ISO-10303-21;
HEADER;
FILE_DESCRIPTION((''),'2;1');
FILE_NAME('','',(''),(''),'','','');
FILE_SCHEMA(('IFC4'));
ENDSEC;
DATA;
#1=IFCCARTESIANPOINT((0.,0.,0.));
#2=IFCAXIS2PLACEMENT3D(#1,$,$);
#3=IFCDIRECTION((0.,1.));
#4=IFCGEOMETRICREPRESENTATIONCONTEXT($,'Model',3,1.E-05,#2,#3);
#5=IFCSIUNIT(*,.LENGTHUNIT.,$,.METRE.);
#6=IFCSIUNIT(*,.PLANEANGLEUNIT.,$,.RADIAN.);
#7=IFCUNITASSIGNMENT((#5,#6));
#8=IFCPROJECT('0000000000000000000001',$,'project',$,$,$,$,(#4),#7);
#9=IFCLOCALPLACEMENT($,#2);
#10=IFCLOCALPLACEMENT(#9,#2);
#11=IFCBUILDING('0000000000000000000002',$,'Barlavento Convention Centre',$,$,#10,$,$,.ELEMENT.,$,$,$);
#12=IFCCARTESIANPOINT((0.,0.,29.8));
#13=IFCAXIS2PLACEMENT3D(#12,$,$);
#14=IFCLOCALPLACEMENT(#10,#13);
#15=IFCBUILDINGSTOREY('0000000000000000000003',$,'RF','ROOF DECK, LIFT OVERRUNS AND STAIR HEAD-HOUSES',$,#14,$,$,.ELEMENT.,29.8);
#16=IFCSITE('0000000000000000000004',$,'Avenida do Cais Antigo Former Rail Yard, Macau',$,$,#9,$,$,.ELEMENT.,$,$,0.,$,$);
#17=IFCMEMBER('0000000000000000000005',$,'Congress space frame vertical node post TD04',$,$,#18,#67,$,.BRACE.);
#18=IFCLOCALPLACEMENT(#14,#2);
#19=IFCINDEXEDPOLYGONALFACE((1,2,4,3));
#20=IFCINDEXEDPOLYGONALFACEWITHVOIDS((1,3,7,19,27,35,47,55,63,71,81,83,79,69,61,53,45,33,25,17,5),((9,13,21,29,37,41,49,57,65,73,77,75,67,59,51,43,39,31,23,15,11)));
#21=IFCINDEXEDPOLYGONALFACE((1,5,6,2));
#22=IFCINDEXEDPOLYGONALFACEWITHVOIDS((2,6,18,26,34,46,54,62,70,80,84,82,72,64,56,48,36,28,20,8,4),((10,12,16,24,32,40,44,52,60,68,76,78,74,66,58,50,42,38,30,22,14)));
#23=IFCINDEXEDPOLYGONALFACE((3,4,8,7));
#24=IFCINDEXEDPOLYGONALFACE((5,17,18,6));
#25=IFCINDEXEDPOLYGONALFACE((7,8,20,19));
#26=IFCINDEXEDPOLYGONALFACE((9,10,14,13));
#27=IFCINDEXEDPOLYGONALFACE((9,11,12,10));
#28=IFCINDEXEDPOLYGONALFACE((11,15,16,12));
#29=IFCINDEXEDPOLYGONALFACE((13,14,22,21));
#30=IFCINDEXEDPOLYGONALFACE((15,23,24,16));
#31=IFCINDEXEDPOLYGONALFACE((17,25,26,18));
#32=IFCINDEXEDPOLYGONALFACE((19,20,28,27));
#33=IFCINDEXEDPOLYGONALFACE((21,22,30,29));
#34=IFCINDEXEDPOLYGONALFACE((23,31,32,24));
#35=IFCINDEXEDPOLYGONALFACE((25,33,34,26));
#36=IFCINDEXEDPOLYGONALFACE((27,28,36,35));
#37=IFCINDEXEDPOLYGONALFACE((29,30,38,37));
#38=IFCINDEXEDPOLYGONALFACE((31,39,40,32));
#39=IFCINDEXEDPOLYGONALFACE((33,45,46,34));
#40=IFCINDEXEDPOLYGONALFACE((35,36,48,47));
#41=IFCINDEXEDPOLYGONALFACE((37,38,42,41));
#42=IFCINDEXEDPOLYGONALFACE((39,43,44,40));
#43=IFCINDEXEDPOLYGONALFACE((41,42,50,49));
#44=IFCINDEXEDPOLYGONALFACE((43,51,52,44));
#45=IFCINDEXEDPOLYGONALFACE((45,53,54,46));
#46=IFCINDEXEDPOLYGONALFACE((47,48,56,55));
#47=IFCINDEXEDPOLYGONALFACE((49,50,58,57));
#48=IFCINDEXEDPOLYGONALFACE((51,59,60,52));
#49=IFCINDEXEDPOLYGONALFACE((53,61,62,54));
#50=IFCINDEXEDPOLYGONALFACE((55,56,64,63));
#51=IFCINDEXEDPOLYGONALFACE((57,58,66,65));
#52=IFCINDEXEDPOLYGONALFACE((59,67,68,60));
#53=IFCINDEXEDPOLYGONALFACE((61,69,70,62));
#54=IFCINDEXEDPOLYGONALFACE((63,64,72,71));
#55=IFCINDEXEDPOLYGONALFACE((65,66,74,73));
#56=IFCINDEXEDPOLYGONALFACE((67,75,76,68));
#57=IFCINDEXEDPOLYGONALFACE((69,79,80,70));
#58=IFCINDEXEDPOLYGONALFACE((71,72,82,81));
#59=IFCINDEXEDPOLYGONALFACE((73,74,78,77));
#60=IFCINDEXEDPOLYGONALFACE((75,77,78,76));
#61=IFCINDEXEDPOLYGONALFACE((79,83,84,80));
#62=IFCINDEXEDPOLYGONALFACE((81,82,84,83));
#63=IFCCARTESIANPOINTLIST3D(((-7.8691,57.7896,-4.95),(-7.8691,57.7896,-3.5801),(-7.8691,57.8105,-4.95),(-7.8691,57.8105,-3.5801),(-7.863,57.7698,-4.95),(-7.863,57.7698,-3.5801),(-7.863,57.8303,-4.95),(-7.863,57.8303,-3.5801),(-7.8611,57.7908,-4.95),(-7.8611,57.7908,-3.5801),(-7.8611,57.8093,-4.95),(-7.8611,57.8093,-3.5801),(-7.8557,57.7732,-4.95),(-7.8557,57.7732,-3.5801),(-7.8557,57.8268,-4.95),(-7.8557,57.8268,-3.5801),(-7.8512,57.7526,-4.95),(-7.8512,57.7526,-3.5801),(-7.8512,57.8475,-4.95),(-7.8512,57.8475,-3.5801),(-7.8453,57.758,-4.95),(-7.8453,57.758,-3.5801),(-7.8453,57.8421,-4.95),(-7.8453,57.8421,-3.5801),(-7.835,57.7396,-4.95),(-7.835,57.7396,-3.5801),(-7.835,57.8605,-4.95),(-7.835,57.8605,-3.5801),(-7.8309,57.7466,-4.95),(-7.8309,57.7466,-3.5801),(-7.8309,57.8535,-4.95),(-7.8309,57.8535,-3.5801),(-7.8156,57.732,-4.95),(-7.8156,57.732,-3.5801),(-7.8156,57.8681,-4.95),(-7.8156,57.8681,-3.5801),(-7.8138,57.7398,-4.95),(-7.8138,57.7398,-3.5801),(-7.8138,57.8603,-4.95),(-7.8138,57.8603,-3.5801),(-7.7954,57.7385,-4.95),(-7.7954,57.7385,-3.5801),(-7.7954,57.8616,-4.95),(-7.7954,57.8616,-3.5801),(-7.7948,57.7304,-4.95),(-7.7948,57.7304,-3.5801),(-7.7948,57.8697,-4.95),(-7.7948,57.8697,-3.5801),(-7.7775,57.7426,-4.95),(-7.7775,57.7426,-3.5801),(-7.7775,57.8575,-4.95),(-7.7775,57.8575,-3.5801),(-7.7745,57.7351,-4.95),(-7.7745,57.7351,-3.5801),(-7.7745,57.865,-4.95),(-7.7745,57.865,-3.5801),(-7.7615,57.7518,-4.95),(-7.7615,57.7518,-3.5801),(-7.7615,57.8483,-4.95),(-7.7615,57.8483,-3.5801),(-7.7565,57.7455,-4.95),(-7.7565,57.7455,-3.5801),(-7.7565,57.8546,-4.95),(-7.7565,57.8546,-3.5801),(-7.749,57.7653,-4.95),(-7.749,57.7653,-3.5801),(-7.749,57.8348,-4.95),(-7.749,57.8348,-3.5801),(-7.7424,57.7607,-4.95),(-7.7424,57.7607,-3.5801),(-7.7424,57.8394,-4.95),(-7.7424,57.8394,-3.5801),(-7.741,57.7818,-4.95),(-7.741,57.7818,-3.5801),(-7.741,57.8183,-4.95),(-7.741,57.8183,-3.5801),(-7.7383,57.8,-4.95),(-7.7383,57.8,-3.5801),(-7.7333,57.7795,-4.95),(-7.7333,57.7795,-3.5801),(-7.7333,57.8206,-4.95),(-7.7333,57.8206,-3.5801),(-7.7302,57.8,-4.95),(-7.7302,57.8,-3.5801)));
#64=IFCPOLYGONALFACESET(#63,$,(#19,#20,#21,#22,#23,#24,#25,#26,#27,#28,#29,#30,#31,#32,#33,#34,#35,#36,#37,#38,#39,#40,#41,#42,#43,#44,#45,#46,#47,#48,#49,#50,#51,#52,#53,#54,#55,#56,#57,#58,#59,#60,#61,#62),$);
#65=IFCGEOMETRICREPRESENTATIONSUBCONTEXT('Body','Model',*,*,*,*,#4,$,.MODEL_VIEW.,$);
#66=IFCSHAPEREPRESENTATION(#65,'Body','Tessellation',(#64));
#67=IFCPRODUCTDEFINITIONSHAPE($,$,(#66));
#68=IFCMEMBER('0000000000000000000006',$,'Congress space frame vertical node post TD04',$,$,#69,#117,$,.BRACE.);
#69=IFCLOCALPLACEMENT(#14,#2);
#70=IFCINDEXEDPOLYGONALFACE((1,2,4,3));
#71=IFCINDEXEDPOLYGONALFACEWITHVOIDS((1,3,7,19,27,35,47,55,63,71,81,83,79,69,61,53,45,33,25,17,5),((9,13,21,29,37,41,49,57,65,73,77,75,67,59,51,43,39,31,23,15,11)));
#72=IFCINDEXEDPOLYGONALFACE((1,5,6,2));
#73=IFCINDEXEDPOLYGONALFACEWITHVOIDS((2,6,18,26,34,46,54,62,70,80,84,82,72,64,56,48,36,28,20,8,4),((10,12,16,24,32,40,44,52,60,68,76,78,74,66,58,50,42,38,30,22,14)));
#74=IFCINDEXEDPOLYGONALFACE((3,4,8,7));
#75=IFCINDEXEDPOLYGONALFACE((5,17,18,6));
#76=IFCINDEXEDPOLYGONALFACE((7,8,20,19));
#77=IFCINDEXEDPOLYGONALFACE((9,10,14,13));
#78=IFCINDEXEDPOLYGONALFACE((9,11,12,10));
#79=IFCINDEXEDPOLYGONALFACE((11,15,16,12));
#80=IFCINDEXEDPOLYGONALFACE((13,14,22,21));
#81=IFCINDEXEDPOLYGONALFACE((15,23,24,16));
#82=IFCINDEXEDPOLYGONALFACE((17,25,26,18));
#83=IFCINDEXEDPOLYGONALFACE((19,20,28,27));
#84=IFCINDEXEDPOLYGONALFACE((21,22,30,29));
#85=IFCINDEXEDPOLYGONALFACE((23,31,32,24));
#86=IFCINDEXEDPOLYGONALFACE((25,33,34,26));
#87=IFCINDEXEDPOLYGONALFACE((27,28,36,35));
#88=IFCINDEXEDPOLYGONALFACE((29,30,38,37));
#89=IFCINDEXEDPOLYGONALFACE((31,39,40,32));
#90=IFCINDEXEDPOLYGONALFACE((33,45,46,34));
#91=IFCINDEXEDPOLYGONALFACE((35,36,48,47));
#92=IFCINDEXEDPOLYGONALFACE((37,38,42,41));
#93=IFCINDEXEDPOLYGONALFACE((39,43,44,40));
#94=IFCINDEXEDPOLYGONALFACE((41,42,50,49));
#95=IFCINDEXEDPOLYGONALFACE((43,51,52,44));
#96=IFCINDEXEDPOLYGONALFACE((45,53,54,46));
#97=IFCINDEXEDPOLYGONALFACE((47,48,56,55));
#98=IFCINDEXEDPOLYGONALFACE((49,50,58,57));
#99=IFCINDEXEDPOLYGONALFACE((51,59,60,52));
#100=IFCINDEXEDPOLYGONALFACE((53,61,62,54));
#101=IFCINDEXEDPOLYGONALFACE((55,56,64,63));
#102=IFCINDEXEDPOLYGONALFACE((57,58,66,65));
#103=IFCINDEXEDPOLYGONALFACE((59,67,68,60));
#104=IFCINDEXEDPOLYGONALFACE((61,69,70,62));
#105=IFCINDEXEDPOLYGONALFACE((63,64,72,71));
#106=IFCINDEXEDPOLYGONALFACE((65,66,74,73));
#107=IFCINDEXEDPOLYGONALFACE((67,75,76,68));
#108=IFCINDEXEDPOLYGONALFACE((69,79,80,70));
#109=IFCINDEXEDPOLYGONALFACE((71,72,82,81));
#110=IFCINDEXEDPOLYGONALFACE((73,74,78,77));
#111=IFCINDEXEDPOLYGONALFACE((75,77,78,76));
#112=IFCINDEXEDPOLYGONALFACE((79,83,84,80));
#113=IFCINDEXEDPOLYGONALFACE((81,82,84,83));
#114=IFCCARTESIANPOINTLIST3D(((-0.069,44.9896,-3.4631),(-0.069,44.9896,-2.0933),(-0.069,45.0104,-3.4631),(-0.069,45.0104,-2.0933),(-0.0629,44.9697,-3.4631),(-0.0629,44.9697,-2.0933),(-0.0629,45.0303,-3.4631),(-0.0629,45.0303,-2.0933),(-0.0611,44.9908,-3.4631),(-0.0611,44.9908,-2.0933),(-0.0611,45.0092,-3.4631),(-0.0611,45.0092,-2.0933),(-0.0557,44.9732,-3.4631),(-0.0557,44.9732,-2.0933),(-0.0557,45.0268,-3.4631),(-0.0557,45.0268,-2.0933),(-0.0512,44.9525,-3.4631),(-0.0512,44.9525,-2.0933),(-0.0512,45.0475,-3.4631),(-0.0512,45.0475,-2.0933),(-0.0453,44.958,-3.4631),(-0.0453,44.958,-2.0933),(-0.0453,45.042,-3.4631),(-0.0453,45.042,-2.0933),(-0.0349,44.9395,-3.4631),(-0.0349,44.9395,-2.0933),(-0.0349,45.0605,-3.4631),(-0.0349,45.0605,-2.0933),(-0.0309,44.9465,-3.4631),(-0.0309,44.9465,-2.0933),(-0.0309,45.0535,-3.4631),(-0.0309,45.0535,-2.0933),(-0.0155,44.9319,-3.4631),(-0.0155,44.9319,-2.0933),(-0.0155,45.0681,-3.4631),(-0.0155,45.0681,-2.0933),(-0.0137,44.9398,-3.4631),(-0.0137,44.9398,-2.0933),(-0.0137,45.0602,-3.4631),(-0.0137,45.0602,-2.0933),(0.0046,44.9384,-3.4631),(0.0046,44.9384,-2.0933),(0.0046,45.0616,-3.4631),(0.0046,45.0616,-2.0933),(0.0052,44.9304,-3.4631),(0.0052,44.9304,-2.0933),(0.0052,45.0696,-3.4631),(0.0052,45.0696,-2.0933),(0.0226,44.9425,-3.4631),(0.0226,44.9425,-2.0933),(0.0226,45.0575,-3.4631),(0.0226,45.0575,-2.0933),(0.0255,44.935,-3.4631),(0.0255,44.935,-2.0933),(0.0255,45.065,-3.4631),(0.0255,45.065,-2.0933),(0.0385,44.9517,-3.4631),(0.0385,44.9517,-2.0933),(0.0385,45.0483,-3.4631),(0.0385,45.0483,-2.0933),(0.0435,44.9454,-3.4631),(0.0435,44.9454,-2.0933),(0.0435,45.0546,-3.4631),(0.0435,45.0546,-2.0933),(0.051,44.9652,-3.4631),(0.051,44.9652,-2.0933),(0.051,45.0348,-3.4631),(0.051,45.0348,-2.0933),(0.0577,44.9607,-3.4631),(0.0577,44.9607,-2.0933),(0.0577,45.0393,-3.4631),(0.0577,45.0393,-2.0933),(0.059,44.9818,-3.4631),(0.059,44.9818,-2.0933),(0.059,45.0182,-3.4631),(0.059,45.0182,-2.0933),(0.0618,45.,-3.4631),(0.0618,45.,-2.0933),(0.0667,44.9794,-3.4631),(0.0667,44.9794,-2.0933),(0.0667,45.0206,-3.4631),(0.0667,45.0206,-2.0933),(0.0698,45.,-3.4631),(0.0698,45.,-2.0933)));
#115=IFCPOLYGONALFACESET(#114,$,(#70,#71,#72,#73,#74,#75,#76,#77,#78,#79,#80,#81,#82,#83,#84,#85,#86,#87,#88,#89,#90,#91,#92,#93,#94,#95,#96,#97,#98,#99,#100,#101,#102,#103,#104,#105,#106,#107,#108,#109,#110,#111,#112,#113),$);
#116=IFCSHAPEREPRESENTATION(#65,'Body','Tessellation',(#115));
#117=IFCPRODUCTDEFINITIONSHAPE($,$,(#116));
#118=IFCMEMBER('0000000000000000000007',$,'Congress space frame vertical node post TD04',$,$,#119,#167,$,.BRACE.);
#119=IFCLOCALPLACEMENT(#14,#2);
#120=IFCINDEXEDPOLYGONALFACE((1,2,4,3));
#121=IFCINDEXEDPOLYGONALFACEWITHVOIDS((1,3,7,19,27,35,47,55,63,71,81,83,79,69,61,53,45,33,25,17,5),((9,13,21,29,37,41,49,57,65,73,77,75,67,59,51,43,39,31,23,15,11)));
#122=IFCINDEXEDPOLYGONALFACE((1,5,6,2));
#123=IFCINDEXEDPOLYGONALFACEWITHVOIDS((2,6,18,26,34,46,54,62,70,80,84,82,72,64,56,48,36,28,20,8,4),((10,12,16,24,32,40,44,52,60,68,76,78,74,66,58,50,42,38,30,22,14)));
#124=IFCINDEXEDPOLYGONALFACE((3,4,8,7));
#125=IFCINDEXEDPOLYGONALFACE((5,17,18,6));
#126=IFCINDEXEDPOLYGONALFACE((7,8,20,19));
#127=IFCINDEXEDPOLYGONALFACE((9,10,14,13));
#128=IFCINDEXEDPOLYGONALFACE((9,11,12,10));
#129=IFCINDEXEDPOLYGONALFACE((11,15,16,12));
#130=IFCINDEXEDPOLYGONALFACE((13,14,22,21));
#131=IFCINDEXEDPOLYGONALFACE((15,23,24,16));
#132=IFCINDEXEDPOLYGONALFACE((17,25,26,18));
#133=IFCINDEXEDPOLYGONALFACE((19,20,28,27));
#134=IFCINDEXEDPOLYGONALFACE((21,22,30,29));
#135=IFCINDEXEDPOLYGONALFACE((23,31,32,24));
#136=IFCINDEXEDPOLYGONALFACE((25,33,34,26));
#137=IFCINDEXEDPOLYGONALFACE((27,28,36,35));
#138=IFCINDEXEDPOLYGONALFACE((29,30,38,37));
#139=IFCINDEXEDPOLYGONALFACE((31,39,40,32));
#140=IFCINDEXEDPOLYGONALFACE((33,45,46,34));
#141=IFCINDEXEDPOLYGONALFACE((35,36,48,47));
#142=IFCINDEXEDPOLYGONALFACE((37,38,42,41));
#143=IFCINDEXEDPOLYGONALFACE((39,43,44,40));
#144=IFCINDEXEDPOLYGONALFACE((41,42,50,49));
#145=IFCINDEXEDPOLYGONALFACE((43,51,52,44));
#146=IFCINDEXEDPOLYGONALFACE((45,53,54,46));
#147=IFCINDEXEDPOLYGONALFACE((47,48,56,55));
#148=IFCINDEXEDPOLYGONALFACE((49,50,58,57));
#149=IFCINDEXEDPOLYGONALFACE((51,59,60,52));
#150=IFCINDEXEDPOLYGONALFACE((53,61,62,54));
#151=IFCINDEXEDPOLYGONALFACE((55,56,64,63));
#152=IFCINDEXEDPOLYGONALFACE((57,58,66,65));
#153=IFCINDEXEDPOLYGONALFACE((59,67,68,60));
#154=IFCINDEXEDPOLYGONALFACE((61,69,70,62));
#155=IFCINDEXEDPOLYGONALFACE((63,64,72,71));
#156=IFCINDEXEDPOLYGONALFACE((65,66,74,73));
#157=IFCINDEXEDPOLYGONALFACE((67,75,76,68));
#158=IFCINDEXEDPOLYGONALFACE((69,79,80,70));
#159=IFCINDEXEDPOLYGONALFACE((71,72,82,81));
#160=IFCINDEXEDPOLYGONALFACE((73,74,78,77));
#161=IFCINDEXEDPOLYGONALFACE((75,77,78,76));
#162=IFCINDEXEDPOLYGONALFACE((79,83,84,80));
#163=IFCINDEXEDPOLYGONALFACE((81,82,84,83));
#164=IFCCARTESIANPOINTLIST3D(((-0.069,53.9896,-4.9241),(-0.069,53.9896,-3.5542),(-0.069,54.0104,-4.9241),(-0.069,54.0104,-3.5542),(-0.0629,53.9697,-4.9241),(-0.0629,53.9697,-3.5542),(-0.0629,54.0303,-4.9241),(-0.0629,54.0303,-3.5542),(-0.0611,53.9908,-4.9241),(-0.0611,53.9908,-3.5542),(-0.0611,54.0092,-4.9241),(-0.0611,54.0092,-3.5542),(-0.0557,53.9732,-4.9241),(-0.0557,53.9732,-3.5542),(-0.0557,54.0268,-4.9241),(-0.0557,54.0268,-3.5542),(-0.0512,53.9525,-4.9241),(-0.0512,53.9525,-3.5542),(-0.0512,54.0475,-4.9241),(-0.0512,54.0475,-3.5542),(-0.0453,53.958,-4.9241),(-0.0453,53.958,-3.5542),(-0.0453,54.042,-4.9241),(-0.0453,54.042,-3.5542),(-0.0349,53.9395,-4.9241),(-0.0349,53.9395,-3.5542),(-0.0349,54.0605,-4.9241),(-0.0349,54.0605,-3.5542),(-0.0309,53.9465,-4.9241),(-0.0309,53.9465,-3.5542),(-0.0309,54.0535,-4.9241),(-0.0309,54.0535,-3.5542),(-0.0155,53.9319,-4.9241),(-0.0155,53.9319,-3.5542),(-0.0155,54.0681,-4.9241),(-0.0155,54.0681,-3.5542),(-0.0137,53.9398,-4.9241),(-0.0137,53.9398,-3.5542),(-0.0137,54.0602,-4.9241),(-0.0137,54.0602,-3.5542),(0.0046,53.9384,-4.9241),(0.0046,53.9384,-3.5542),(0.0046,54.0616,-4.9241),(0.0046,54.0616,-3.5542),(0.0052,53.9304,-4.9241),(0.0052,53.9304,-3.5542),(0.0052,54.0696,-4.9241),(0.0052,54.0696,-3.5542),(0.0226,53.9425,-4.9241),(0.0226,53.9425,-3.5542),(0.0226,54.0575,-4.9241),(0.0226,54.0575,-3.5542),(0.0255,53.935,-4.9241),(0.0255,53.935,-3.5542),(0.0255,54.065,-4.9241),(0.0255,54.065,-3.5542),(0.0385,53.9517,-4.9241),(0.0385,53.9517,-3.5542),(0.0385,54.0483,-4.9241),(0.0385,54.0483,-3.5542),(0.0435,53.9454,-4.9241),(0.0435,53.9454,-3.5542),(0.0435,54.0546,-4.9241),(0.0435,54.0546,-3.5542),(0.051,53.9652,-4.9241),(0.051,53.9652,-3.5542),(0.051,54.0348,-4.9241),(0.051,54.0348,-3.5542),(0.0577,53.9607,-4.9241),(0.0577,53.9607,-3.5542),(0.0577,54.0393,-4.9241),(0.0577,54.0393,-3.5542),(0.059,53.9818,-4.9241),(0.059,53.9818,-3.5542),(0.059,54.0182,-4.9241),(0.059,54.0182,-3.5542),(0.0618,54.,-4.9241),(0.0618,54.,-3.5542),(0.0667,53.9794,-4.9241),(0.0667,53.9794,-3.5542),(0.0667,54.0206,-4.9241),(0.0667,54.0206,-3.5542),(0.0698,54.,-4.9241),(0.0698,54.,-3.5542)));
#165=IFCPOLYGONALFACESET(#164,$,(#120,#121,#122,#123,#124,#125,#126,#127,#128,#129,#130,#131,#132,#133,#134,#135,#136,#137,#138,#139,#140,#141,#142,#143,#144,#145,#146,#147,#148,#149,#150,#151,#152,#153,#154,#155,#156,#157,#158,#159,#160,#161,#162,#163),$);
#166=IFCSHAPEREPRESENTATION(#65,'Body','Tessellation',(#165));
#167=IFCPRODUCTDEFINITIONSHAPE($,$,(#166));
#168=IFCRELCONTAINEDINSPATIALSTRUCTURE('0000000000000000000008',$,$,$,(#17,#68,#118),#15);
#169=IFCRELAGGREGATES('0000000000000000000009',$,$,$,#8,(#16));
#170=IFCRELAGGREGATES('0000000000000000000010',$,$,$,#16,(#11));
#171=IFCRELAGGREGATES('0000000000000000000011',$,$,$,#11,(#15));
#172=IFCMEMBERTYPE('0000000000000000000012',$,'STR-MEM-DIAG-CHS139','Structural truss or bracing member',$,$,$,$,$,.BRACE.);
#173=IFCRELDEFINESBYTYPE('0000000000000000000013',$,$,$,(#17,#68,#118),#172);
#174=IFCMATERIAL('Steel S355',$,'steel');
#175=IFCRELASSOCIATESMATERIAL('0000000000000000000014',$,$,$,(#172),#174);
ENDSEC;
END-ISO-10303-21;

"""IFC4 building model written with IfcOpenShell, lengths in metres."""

from ifc_helpers import new_model, si_unit, direction, frame, origin, origin_2d, place, context, subcontext, project, spatial, hollow_circle, extrude, material, material_profile, profile_set, type_object, element, save


model = new_model("IFC4")

# Units and contexts
model_context = context("Model", 3, precision=1e-05, world=origin(), true_north=direction((0.0, 1.0)))
body_context = subcontext(model_context, "Body", "Model", "MODEL_VIEW")
ifc_project = project(units=[si_unit("LENGTHUNIT", "METRE"), si_unit("PLANEANGLEUNIT", "RADIAN")], contexts=[model_context])

# Site, building, storey
site_placement = place(None, origin())
site = spatial("IfcSite", under=ifc_project, at=site_placement, Name="Avenida do Cais Antigo Former Rail Yard, Macau", CompositionType="ELEMENT", RefElevation=0.0)
building_placement = place(site_placement, origin())
building = spatial("IfcBuilding", under=site, at=building_placement, Name="Barlavento Convention Centre", CompositionType="ELEMENT")
storey_placement = place(building_placement, frame((0.0, 0.0, 29.8)))
storey = spatial("IfcBuildingStorey", under=building, at=storey_placement, Name="RF", Description="ROOF DECK, LIFT OVERRUNS AND STAIR HEAD-HOUSES", CompositionType="ELEMENT", Elevation=29.8)

# Shared definitions
ifc_material_1 = material(Name="Steel S355", Category="steel")

# Members
ifc_material_profile_1 = material_profile(ifc_material_1, hollow_circle(Radius=0.0698, WallThickness=0.0081, at=origin_2d()), Name="CHS 139.7x8.0")
ifc_profile_set_1 = profile_set([ifc_material_profile_1], Name="Steel S355")
member_type_1 = type_object("IfcMemberType", Name="STR-MEM-DIAG-CHS139", Description="Structural truss or bracing member", PredefinedType="BRACE", material=ifc_profile_set_1)
for number, where, z_axis, x_axis, name in (
    (1, (-7.8, 57.8, -4.95), (0.0, 0.0, 1.0), (1.0, 0.0, 0.0), "Congress space frame vertical node post TD04"),
    (2, (0.0, 45.0, -3.4631), (0.0, 0.0, 1.0), (1.0, 0.0, 0.0), "Congress space frame vertical node post TD04"),
    (3, (0.0, 54.0, -4.9241), (0.0, 0.0, 1.0), (1.0, 0.0, 0.0), "Congress space frame vertical node post TD04"),
):
    element("IfcMember", number, at=place(storey_placement, frame(where, z_axis=z_axis, x_axis=x_axis)), inside=storey, type_object=member_type_1, Name=name, PredefinedType="BRACE", context=body_context, shape_type="SweptSolid", body=[
        extrude(hollow_circle(Radius=0.0698, WallThickness=0.0081, at=origin_2d()), origin(), (0.0, 0.0, 1.0), 1.3699),
    ])

save(model, "model.ifc")
